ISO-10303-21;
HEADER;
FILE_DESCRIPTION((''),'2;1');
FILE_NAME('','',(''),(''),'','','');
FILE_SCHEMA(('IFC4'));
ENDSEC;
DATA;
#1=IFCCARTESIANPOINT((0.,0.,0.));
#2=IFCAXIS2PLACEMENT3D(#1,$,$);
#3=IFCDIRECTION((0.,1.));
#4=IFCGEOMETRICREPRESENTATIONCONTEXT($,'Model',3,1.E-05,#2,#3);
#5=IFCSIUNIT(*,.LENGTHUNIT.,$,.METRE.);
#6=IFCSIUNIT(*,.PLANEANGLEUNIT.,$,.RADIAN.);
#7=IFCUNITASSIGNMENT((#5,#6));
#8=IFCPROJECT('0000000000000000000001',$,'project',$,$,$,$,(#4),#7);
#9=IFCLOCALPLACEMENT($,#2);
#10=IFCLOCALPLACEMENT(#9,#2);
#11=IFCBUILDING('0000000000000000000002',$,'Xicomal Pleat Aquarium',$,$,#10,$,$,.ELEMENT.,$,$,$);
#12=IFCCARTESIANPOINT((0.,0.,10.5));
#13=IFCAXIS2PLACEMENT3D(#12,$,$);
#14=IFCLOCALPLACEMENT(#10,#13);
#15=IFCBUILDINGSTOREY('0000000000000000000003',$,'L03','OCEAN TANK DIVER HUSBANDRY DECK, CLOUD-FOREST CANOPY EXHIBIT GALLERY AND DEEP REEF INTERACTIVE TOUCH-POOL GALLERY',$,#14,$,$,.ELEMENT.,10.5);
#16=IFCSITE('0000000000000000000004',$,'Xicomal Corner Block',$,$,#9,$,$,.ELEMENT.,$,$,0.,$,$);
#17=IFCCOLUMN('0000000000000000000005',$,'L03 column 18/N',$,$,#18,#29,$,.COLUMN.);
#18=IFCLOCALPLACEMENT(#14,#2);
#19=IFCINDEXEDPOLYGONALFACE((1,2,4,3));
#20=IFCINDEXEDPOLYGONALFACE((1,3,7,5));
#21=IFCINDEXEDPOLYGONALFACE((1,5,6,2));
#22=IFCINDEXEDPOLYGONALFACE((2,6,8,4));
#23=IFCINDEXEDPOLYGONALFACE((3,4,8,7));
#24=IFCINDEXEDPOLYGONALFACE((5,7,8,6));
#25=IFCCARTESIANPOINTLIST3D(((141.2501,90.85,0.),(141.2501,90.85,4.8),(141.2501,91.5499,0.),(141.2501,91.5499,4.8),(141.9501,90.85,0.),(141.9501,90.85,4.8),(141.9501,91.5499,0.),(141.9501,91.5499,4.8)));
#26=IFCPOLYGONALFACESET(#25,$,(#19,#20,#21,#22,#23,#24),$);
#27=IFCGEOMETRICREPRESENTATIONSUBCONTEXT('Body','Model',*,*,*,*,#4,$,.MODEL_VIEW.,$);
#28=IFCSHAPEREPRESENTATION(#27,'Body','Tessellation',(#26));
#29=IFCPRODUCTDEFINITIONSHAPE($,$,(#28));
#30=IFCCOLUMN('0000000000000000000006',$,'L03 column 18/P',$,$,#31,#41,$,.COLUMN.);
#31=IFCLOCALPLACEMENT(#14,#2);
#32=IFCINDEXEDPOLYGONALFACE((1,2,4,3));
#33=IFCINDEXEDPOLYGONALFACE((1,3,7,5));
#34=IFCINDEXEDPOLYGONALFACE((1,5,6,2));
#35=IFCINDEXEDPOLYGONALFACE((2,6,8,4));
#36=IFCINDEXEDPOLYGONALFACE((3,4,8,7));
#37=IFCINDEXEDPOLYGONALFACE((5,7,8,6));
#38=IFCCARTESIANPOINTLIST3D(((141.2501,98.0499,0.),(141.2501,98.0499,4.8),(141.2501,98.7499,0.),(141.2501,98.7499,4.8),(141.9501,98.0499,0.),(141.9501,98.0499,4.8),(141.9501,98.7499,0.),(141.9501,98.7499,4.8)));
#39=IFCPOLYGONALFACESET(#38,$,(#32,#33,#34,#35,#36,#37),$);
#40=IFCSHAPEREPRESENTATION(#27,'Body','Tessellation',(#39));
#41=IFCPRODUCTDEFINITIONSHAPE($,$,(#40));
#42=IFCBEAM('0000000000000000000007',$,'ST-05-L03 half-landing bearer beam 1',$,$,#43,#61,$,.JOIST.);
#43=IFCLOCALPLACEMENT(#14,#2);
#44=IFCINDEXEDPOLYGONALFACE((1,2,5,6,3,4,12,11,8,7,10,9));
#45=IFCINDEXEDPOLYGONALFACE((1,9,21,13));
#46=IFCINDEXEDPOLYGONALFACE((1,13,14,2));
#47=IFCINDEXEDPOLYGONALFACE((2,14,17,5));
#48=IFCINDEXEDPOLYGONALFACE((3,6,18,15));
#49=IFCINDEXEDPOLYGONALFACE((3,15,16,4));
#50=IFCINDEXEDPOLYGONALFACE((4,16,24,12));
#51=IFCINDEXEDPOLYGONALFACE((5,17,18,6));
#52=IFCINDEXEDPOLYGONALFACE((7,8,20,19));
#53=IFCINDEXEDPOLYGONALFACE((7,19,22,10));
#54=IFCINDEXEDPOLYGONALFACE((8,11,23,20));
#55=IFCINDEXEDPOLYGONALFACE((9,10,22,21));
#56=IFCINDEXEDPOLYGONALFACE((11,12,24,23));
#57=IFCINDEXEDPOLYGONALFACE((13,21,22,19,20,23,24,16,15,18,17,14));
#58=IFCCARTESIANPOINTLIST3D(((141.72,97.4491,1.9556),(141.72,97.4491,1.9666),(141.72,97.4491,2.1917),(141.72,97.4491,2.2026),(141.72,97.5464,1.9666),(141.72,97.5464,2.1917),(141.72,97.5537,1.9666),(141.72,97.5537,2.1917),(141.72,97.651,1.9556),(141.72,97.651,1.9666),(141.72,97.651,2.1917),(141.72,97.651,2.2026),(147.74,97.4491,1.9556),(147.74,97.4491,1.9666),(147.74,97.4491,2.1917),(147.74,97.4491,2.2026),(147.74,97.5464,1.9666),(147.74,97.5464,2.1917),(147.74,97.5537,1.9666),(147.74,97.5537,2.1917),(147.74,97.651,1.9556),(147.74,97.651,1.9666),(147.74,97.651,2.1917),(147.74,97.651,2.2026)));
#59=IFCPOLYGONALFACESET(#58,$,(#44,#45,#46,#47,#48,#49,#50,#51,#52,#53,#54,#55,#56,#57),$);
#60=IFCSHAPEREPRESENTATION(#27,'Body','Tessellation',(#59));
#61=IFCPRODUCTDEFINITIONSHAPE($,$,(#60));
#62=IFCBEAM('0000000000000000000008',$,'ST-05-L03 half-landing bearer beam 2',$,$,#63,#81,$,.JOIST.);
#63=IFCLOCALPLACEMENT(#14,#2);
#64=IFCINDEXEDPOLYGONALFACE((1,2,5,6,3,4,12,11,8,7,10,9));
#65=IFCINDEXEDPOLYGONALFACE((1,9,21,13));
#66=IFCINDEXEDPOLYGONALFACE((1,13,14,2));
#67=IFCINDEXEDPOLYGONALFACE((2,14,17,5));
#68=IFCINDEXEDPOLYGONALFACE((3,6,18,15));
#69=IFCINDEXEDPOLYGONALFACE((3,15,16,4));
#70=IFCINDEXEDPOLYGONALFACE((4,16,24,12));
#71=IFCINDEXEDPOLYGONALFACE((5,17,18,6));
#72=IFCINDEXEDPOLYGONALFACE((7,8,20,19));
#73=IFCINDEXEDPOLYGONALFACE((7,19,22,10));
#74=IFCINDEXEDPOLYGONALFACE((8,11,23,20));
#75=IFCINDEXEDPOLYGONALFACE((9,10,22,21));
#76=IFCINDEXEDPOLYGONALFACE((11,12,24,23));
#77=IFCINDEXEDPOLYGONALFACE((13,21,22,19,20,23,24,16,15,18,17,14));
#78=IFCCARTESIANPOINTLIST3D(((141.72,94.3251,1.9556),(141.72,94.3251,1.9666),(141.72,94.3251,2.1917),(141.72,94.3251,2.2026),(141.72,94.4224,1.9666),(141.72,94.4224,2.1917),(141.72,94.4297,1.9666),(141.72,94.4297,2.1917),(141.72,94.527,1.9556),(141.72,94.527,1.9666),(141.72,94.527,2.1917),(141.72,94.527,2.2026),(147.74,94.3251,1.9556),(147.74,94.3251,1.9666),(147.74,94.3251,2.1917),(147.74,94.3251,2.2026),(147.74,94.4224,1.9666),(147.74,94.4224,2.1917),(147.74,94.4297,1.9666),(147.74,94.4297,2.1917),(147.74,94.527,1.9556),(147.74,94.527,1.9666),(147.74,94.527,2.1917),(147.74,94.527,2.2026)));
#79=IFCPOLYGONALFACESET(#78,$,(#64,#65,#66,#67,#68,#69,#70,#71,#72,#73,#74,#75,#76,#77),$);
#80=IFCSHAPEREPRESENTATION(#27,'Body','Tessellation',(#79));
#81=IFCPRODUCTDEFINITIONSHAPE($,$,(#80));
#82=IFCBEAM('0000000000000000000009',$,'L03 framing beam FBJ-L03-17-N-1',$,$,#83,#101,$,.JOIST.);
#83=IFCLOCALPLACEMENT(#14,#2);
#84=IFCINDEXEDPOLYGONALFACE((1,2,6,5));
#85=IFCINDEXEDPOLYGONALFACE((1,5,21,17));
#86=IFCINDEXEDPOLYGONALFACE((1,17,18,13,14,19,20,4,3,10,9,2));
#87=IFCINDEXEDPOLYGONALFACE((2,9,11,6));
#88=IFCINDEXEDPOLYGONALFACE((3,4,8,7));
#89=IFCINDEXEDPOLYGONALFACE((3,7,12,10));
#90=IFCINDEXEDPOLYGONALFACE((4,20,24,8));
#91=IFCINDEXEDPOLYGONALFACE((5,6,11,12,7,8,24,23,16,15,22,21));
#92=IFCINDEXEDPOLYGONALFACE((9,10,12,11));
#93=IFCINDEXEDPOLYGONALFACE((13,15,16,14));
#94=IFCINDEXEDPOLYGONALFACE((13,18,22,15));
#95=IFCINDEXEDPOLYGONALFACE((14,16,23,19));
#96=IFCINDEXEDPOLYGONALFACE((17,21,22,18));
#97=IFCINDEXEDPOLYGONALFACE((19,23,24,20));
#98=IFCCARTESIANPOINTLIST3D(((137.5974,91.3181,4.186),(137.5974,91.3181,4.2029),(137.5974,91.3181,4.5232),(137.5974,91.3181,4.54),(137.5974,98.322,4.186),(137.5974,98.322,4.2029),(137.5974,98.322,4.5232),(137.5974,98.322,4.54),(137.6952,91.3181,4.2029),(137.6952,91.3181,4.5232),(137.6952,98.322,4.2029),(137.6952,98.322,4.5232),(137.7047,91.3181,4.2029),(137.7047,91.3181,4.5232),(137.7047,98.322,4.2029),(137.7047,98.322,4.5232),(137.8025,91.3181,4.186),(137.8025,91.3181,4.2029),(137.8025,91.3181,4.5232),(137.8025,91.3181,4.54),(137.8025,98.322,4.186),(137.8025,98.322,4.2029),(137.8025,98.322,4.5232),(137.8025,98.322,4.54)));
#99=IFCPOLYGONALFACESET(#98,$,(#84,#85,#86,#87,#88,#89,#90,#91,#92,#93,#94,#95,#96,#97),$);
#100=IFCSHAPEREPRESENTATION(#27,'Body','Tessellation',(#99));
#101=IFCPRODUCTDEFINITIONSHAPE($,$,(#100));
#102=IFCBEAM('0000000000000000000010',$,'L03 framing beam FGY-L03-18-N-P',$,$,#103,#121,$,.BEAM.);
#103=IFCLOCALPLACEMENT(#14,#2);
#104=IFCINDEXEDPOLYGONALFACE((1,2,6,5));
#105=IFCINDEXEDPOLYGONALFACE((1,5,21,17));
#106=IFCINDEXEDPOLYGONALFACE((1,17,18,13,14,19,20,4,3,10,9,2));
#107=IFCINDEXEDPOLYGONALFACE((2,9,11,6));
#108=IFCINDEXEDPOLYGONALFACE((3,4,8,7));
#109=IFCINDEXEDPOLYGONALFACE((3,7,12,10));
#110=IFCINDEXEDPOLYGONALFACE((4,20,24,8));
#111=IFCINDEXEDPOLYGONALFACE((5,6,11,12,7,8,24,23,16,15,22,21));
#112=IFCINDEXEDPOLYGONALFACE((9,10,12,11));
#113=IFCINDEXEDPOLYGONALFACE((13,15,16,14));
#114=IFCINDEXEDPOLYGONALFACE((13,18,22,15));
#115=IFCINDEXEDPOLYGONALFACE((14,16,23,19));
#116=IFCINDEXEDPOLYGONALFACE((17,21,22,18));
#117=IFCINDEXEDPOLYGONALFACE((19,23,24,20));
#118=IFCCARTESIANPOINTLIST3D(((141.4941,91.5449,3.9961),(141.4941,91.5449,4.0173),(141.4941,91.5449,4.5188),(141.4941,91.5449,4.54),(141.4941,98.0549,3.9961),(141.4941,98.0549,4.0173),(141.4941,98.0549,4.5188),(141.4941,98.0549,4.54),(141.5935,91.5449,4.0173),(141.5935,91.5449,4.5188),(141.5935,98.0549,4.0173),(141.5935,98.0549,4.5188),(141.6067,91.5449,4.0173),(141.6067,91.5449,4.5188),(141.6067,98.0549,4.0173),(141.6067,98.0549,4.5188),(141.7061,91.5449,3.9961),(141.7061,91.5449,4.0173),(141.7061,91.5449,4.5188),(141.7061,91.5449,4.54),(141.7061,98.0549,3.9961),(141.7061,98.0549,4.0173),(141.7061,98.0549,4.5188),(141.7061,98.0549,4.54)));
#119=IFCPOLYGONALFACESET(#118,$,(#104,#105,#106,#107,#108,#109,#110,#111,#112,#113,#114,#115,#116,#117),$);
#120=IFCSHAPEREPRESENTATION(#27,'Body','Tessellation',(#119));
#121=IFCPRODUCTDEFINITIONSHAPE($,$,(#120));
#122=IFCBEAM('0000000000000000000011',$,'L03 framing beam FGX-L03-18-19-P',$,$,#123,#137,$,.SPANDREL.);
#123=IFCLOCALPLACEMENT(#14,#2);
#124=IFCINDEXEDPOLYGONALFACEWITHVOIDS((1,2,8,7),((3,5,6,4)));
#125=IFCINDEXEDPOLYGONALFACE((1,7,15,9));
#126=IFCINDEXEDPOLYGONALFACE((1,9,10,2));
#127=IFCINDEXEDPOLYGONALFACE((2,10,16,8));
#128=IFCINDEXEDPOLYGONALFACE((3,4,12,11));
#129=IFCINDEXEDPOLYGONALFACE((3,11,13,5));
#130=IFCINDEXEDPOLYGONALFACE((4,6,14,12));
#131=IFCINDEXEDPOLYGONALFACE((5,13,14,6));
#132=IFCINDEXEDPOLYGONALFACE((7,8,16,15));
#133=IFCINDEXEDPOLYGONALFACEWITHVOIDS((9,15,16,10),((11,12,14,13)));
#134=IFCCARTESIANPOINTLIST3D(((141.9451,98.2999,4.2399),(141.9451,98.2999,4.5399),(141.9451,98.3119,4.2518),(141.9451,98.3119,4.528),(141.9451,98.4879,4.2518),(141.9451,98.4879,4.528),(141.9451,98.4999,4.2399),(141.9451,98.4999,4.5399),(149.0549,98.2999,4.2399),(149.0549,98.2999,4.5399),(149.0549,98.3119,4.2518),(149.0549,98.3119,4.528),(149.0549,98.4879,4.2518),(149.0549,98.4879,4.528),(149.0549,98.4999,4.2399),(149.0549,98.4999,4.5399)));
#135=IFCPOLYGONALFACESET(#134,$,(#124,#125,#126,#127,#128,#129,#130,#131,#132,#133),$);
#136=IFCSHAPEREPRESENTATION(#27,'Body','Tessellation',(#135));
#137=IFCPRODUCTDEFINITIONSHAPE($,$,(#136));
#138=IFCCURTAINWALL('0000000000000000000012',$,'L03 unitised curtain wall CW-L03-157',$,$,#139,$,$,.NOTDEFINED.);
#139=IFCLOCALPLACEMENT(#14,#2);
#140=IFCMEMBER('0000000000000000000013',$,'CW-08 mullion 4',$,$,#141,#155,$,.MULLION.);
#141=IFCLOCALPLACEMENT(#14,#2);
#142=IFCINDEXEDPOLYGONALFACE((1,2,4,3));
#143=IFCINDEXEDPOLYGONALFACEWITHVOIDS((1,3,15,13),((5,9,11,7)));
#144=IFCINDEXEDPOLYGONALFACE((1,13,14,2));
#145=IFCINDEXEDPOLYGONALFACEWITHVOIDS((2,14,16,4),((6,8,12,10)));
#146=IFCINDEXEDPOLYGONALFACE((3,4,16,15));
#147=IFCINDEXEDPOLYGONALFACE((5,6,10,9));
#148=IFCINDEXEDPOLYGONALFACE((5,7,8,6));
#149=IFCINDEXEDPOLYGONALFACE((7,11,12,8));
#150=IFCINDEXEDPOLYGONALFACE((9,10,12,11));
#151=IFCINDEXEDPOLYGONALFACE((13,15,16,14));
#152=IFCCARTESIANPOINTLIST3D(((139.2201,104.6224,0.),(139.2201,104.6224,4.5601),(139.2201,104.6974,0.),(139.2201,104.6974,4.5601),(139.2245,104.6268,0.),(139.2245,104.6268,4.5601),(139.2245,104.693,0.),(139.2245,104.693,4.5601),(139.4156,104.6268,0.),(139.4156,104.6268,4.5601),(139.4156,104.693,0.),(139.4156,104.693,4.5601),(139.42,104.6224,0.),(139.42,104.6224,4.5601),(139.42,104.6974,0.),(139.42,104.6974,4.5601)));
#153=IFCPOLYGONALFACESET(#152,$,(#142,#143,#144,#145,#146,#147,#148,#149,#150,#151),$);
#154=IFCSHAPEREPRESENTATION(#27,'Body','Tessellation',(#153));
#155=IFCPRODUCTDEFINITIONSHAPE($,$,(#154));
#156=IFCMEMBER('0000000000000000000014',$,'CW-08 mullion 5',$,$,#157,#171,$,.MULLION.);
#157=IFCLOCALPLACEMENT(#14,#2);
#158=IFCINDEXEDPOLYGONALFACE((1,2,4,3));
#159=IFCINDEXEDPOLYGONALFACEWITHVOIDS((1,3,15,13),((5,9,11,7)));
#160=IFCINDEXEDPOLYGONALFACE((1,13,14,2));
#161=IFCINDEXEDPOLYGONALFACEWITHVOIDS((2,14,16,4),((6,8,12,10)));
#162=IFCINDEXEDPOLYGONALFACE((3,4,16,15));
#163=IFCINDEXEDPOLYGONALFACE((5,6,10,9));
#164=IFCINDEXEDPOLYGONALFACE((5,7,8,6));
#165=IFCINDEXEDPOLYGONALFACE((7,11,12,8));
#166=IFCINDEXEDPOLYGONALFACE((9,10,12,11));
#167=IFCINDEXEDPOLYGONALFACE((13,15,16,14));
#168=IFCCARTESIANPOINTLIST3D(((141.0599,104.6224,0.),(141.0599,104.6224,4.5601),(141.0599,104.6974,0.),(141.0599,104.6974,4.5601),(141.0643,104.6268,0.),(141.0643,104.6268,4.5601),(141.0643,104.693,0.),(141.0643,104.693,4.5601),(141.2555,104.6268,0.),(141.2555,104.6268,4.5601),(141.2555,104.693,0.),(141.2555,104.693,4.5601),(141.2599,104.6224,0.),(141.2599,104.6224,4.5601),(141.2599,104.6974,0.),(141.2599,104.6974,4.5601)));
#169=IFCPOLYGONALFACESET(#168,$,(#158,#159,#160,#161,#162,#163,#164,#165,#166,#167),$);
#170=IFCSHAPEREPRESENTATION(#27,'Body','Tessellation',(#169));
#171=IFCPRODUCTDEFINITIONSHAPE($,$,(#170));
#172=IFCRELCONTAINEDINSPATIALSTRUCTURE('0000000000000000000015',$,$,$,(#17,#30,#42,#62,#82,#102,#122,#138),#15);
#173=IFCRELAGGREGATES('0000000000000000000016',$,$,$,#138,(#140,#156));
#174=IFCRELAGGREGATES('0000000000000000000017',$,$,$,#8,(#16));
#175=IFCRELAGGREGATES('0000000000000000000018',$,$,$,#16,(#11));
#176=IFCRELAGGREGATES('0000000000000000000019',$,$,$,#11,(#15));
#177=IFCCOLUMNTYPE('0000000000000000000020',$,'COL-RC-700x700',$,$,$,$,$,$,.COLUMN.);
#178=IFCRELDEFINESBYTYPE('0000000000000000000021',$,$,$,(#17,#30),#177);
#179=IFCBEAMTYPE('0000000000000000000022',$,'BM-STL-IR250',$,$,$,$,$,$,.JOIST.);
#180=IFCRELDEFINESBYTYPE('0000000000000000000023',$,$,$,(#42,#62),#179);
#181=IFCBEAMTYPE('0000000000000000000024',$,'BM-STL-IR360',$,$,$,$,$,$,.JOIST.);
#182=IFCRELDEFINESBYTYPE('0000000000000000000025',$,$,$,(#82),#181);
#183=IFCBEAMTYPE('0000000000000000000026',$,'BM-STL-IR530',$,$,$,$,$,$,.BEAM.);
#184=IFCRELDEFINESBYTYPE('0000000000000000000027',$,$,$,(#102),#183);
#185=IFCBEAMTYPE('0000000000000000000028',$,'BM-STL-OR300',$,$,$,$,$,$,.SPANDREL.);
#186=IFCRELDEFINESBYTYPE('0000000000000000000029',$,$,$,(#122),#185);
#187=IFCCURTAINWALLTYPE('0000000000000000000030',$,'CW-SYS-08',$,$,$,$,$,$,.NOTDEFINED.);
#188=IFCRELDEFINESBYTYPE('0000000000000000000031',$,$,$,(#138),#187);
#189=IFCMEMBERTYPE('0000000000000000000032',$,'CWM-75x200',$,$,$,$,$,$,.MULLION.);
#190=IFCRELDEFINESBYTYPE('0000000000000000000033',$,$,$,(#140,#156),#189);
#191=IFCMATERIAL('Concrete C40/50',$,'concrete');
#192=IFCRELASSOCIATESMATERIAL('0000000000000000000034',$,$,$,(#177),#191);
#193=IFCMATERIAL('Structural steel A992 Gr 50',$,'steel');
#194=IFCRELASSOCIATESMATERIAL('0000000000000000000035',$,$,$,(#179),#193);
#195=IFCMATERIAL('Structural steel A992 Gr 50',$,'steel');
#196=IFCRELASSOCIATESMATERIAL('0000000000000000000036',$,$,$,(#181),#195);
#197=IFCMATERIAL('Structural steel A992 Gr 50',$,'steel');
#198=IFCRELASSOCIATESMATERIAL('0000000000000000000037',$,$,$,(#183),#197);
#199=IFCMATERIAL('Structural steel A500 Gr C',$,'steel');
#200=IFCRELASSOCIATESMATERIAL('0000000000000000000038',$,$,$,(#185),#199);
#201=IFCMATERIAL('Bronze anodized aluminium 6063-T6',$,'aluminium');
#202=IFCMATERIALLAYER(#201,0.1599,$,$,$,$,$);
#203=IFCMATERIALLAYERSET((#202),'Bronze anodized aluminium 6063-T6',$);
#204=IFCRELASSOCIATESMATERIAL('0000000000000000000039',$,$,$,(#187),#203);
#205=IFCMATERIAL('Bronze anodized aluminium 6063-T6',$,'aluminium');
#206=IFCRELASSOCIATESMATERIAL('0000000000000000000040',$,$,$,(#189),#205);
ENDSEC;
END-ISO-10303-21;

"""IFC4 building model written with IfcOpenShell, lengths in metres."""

from ifc_helpers import new_model, si_unit, direction, frame, origin, origin_2d, place, context, subcontext, project, spatial, rectangle, hollow_rectangle, i_section, extrude, material, layer, layer_set, material_profile, profile_set, type_object, element, aggregate, save


model = new_model("IFC4")

# Units and contexts
model_context = context("Model", 3, precision=1e-05, world=origin(), true_north=direction((0.0, 1.0)))
body_context = subcontext(model_context, "Body", "Model", "MODEL_VIEW")
ifc_project = project(units=[si_unit("LENGTHUNIT", "METRE"), si_unit("PLANEANGLEUNIT", "RADIAN")], contexts=[model_context])

# Site, building, storey
site_placement = place(None, origin())
site = spatial("IfcSite", under=ifc_project, at=site_placement, Name="Xicomal Corner Block", CompositionType="ELEMENT", RefElevation=0.0)
building_placement = place(site_placement, origin())
building = spatial("IfcBuilding", under=site, at=building_placement, Name="Xicomal Pleat Aquarium", CompositionType="ELEMENT")
storey_placement = place(building_placement, frame((0.0, 0.0, 10.5)))
storey = spatial("IfcBuildingStorey", under=building, at=storey_placement, Name="L03", Description="OCEAN TANK DIVER HUSBANDRY DECK, CLOUD-FOREST CANOPY EXHIBIT GALLERY AND DEEP REEF INTERACTIVE TOUCH-POOL GALLERY", CompositionType="ELEMENT", Elevation=10.5)

# Columns
ifc_material_1 = material(Name="Concrete C40/50", Category="concrete")
ifc_material_profile_1 = material_profile(ifc_material_1, rectangle(XDim=0.7, YDim=0.7, at=origin_2d()), Name="RC 700x700")
ifc_profile_set_1 = profile_set([ifc_material_profile_1], Name="Concrete C40/50")
column_type = type_object("IfcColumnType", Name="COL-RC-700x700", PredefinedType="COLUMN", material=ifc_profile_set_1)
for number, where, z_axis, x_axis, name in (
    (1, (141.6001, 91.2, 0.0), (0.0, 0.0, 1.0), (1.0, 0.0, 0.0), "L03 column 18/N"),
    (2, (141.6001, 98.3999, 0.0), (0.0, 0.0, 1.0), (1.0, 0.0, 0.0), "L03 column 18/P"),
):
    element("IfcColumn", number, at=place(storey_placement, frame(where, z_axis=z_axis, x_axis=x_axis)), inside=storey, type_object=column_type, Name=name, PredefinedType="COLUMN", context=body_context, shape_type="SweptSolid", body=[
        extrude(rectangle(XDim=0.7, YDim=0.7, at=origin_2d()), origin(), (0.0, 0.0, 1.0), 4.8),
    ])

# Beams
ifc_material_2 = material(Name="Structural steel A992 Gr 50", Category="steel")
ifc_material_profile_2 = material_profile(ifc_material_2, i_section(OverallWidth=0.2019, OverallDepth=0.2471, WebThickness=0.0073, FlangeThickness=0.011, at=origin_2d()), Name="IR 250x49")
ifc_profile_set_2 = profile_set([ifc_material_profile_2], Name="Structural steel A992 Gr 50")
beam_type_1 = type_object("IfcBeamType", Name="BM-STL-IR250", PredefinedType="JOIST", material=ifc_profile_set_2)
for number, where, z_axis, x_axis, name in (
    (3, (141.72, 97.55, 2.0791), (1.0, 0.0, 0.0), (0.0, 1.0, 0.0), "ST-05-L03 half-landing bearer beam 1"),
    (4, (141.72, 94.426, 2.0791), (1.0, 0.0, 0.0), (0.0, 1.0, 0.0), "ST-05-L03 half-landing bearer beam 2"),
):
    element("IfcBeam", number, at=place(storey_placement, frame(where, z_axis=z_axis, x_axis=x_axis)), inside=storey, type_object=beam_type_1, Name=name, PredefinedType="JOIST", context=body_context, shape_type="SweptSolid", body=[
        extrude(i_section(OverallWidth=0.2019, OverallDepth=0.2471, WebThickness=0.0073, FlangeThickness=0.011, at=origin_2d()), origin(), (0.0, 0.0, 1.0), 6.02),
    ])
ifc_material_3 = material(Name="Structural steel A992 Gr 50", Category="steel")
ifc_material_profile_3 = material_profile(ifc_material_3, i_section(OverallWidth=0.2051, OverallDepth=0.354, WebThickness=0.0095, FlangeThickness=0.0168, at=origin_2d()), Name="IR 360x79")
ifc_profile_set_3 = profile_set([ifc_material_profile_3], Name="Structural steel A992 Gr 50")
beam_type_2 = type_object("IfcBeamType", Name="BM-STL-IR360", PredefinedType="JOIST", material=ifc_profile_set_3)
beam_1_placement = place(storey_placement, frame((137.7, 91.3181, 4.363), z_axis=(0.0, 1.0, 0.0), x_axis=(-1.0, 0.0, 0.0)))
element("IfcBeam", 5, at=beam_1_placement, inside=storey, type_object=beam_type_2, Name="L03 framing beam FBJ-L03-17-N-1", PredefinedType="JOIST", context=body_context, shape_type="SweptSolid", body=[
    extrude(i_section(OverallWidth=0.2051, OverallDepth=0.354, WebThickness=0.0095, FlangeThickness=0.0168, at=origin_2d()), origin(), (0.0, 0.0, 1.0), 7.0039),
])
ifc_material_4 = material(Name="Structural steel A992 Gr 50", Category="steel")
ifc_material_profile_4 = material_profile(ifc_material_4, i_section(OverallWidth=0.2119, OverallDepth=0.5439, WebThickness=0.0132, FlangeThickness=0.0212, at=origin_2d()), Name="IR 530x123")
ifc_profile_set_4 = profile_set([ifc_material_profile_4], Name="Structural steel A992 Gr 50")
beam_type_3 = type_object("IfcBeamType", Name="BM-STL-IR530", PredefinedType="BEAM", material=ifc_profile_set_4)
beam_2_placement = place(storey_placement, frame((141.6001, 91.5449, 4.2681), z_axis=(0.0, 1.0, 0.0), x_axis=(-1.0, 0.0, 0.0)))
element("IfcBeam", 6, at=beam_2_placement, inside=storey, type_object=beam_type_3, Name="L03 framing beam FGY-L03-18-N-P", PredefinedType="BEAM", context=body_context, shape_type="SweptSolid", body=[
    extrude(i_section(OverallWidth=0.2119, OverallDepth=0.5439, WebThickness=0.0132, FlangeThickness=0.0212, at=origin_2d()), origin(), (0.0, 0.0, 1.0), 6.51),
])
ifc_material_5 = material(Name="Structural steel A500 Gr C", Category="steel")
ifc_material_profile_5 = material_profile(ifc_material_5, hollow_rectangle(XDim=0.2, YDim=0.3, WallThickness=0.012, at=origin_2d()), Name="OR 300x200x12")
ifc_profile_set_5 = profile_set([ifc_material_profile_5], Name="Structural steel A500 Gr C")
beam_type_4 = type_object("IfcBeamType", Name="BM-STL-OR300", PredefinedType="SPANDREL", material=ifc_profile_set_5)
beam_3_placement = place(storey_placement, frame((141.9451, 98.3999, 4.3899), z_axis=(1.0, 0.0, 0.0), x_axis=(0.0, 1.0, 0.0)))
element("IfcBeam", 7, at=beam_3_placement, inside=storey, type_object=beam_type_4, Name="L03 framing beam FGX-L03-18-19-P", PredefinedType="SPANDREL", context=body_context, shape_type="SweptSolid", body=[
    extrude(hollow_rectangle(XDim=0.2, YDim=0.3, WallThickness=0.012, at=origin_2d()), origin(), (0.0, 0.0, 1.0), 7.1099),
])

# Curtain wall, members
ifc_material_6 = material(Name="Bronze anodized aluminium 6063-T6", Category="aluminium")
ifc_layer_1 = layer(ifc_material_6, 0.1599)
ifc_layer_set_1 = layer_set([ifc_layer_1], Name="Bronze anodized aluminium 6063-T6")
curtain_wall_type = type_object("IfcCurtainWallType", Name="CW-SYS-08", PredefinedType="NOTDEFINED", material=ifc_layer_set_1)
curtain_wall_placement = place(storey_placement, origin())
curtain_wall = element("IfcCurtainWall", 8, at=curtain_wall_placement, inside=storey, type_object=curtain_wall_type, Name="L03 unitised curtain wall CW-L03-157", PredefinedType="NOTDEFINED")
ifc_material_7 = material(Name="Bronze anodized aluminium 6063-T6", Category="aluminium")
ifc_material_profile_6 = material_profile(ifc_material_7, hollow_rectangle(XDim=0.075, YDim=0.2, WallThickness=0.0044, at=origin_2d()), Name="ALU MULL 75x200")
ifc_profile_set_6 = profile_set([ifc_material_profile_6], Name="Bronze anodized aluminium 6063-T6")
member_type_1 = type_object("IfcMemberType", Name="CWM-75x200", PredefinedType="MULLION", material=ifc_profile_set_6)
member_1_placement = place(storey_placement, frame((139.3201, 104.6599, 0.0), z_axis=(0.0, 0.0, 1.0), x_axis=(0.0, 1.0, 0.0)))
member_1 = element("IfcMember", 9, at=member_1_placement, type_object=member_type_1, Name="CW-08 mullion 4", PredefinedType="MULLION", context=body_context, shape_type="SweptSolid", body=[
    extrude(hollow_rectangle(XDim=0.075, YDim=0.2, WallThickness=0.0044, at=origin_2d()), origin(), (0.0, 0.0, 1.0), 4.5601),
])
member_2_placement = place(storey_placement, frame((141.1599, 104.6599, 0.0), z_axis=(0.0, 0.0, 1.0), x_axis=(0.0, 1.0, 0.0)))
member_2 = element("IfcMember", 10, at=member_2_placement, type_object=member_type_1, Name="CW-08 mullion 5", PredefinedType="MULLION", context=body_context, shape_type="SweptSolid", body=[
    extrude(hollow_rectangle(XDim=0.075, YDim=0.2, WallThickness=0.0044, at=origin_2d()), origin(), (0.0, 0.0, 1.0), 4.5601),
])
aggregate(curtain_wall, [member_1, member_2])

save(model, "model.ifc")
